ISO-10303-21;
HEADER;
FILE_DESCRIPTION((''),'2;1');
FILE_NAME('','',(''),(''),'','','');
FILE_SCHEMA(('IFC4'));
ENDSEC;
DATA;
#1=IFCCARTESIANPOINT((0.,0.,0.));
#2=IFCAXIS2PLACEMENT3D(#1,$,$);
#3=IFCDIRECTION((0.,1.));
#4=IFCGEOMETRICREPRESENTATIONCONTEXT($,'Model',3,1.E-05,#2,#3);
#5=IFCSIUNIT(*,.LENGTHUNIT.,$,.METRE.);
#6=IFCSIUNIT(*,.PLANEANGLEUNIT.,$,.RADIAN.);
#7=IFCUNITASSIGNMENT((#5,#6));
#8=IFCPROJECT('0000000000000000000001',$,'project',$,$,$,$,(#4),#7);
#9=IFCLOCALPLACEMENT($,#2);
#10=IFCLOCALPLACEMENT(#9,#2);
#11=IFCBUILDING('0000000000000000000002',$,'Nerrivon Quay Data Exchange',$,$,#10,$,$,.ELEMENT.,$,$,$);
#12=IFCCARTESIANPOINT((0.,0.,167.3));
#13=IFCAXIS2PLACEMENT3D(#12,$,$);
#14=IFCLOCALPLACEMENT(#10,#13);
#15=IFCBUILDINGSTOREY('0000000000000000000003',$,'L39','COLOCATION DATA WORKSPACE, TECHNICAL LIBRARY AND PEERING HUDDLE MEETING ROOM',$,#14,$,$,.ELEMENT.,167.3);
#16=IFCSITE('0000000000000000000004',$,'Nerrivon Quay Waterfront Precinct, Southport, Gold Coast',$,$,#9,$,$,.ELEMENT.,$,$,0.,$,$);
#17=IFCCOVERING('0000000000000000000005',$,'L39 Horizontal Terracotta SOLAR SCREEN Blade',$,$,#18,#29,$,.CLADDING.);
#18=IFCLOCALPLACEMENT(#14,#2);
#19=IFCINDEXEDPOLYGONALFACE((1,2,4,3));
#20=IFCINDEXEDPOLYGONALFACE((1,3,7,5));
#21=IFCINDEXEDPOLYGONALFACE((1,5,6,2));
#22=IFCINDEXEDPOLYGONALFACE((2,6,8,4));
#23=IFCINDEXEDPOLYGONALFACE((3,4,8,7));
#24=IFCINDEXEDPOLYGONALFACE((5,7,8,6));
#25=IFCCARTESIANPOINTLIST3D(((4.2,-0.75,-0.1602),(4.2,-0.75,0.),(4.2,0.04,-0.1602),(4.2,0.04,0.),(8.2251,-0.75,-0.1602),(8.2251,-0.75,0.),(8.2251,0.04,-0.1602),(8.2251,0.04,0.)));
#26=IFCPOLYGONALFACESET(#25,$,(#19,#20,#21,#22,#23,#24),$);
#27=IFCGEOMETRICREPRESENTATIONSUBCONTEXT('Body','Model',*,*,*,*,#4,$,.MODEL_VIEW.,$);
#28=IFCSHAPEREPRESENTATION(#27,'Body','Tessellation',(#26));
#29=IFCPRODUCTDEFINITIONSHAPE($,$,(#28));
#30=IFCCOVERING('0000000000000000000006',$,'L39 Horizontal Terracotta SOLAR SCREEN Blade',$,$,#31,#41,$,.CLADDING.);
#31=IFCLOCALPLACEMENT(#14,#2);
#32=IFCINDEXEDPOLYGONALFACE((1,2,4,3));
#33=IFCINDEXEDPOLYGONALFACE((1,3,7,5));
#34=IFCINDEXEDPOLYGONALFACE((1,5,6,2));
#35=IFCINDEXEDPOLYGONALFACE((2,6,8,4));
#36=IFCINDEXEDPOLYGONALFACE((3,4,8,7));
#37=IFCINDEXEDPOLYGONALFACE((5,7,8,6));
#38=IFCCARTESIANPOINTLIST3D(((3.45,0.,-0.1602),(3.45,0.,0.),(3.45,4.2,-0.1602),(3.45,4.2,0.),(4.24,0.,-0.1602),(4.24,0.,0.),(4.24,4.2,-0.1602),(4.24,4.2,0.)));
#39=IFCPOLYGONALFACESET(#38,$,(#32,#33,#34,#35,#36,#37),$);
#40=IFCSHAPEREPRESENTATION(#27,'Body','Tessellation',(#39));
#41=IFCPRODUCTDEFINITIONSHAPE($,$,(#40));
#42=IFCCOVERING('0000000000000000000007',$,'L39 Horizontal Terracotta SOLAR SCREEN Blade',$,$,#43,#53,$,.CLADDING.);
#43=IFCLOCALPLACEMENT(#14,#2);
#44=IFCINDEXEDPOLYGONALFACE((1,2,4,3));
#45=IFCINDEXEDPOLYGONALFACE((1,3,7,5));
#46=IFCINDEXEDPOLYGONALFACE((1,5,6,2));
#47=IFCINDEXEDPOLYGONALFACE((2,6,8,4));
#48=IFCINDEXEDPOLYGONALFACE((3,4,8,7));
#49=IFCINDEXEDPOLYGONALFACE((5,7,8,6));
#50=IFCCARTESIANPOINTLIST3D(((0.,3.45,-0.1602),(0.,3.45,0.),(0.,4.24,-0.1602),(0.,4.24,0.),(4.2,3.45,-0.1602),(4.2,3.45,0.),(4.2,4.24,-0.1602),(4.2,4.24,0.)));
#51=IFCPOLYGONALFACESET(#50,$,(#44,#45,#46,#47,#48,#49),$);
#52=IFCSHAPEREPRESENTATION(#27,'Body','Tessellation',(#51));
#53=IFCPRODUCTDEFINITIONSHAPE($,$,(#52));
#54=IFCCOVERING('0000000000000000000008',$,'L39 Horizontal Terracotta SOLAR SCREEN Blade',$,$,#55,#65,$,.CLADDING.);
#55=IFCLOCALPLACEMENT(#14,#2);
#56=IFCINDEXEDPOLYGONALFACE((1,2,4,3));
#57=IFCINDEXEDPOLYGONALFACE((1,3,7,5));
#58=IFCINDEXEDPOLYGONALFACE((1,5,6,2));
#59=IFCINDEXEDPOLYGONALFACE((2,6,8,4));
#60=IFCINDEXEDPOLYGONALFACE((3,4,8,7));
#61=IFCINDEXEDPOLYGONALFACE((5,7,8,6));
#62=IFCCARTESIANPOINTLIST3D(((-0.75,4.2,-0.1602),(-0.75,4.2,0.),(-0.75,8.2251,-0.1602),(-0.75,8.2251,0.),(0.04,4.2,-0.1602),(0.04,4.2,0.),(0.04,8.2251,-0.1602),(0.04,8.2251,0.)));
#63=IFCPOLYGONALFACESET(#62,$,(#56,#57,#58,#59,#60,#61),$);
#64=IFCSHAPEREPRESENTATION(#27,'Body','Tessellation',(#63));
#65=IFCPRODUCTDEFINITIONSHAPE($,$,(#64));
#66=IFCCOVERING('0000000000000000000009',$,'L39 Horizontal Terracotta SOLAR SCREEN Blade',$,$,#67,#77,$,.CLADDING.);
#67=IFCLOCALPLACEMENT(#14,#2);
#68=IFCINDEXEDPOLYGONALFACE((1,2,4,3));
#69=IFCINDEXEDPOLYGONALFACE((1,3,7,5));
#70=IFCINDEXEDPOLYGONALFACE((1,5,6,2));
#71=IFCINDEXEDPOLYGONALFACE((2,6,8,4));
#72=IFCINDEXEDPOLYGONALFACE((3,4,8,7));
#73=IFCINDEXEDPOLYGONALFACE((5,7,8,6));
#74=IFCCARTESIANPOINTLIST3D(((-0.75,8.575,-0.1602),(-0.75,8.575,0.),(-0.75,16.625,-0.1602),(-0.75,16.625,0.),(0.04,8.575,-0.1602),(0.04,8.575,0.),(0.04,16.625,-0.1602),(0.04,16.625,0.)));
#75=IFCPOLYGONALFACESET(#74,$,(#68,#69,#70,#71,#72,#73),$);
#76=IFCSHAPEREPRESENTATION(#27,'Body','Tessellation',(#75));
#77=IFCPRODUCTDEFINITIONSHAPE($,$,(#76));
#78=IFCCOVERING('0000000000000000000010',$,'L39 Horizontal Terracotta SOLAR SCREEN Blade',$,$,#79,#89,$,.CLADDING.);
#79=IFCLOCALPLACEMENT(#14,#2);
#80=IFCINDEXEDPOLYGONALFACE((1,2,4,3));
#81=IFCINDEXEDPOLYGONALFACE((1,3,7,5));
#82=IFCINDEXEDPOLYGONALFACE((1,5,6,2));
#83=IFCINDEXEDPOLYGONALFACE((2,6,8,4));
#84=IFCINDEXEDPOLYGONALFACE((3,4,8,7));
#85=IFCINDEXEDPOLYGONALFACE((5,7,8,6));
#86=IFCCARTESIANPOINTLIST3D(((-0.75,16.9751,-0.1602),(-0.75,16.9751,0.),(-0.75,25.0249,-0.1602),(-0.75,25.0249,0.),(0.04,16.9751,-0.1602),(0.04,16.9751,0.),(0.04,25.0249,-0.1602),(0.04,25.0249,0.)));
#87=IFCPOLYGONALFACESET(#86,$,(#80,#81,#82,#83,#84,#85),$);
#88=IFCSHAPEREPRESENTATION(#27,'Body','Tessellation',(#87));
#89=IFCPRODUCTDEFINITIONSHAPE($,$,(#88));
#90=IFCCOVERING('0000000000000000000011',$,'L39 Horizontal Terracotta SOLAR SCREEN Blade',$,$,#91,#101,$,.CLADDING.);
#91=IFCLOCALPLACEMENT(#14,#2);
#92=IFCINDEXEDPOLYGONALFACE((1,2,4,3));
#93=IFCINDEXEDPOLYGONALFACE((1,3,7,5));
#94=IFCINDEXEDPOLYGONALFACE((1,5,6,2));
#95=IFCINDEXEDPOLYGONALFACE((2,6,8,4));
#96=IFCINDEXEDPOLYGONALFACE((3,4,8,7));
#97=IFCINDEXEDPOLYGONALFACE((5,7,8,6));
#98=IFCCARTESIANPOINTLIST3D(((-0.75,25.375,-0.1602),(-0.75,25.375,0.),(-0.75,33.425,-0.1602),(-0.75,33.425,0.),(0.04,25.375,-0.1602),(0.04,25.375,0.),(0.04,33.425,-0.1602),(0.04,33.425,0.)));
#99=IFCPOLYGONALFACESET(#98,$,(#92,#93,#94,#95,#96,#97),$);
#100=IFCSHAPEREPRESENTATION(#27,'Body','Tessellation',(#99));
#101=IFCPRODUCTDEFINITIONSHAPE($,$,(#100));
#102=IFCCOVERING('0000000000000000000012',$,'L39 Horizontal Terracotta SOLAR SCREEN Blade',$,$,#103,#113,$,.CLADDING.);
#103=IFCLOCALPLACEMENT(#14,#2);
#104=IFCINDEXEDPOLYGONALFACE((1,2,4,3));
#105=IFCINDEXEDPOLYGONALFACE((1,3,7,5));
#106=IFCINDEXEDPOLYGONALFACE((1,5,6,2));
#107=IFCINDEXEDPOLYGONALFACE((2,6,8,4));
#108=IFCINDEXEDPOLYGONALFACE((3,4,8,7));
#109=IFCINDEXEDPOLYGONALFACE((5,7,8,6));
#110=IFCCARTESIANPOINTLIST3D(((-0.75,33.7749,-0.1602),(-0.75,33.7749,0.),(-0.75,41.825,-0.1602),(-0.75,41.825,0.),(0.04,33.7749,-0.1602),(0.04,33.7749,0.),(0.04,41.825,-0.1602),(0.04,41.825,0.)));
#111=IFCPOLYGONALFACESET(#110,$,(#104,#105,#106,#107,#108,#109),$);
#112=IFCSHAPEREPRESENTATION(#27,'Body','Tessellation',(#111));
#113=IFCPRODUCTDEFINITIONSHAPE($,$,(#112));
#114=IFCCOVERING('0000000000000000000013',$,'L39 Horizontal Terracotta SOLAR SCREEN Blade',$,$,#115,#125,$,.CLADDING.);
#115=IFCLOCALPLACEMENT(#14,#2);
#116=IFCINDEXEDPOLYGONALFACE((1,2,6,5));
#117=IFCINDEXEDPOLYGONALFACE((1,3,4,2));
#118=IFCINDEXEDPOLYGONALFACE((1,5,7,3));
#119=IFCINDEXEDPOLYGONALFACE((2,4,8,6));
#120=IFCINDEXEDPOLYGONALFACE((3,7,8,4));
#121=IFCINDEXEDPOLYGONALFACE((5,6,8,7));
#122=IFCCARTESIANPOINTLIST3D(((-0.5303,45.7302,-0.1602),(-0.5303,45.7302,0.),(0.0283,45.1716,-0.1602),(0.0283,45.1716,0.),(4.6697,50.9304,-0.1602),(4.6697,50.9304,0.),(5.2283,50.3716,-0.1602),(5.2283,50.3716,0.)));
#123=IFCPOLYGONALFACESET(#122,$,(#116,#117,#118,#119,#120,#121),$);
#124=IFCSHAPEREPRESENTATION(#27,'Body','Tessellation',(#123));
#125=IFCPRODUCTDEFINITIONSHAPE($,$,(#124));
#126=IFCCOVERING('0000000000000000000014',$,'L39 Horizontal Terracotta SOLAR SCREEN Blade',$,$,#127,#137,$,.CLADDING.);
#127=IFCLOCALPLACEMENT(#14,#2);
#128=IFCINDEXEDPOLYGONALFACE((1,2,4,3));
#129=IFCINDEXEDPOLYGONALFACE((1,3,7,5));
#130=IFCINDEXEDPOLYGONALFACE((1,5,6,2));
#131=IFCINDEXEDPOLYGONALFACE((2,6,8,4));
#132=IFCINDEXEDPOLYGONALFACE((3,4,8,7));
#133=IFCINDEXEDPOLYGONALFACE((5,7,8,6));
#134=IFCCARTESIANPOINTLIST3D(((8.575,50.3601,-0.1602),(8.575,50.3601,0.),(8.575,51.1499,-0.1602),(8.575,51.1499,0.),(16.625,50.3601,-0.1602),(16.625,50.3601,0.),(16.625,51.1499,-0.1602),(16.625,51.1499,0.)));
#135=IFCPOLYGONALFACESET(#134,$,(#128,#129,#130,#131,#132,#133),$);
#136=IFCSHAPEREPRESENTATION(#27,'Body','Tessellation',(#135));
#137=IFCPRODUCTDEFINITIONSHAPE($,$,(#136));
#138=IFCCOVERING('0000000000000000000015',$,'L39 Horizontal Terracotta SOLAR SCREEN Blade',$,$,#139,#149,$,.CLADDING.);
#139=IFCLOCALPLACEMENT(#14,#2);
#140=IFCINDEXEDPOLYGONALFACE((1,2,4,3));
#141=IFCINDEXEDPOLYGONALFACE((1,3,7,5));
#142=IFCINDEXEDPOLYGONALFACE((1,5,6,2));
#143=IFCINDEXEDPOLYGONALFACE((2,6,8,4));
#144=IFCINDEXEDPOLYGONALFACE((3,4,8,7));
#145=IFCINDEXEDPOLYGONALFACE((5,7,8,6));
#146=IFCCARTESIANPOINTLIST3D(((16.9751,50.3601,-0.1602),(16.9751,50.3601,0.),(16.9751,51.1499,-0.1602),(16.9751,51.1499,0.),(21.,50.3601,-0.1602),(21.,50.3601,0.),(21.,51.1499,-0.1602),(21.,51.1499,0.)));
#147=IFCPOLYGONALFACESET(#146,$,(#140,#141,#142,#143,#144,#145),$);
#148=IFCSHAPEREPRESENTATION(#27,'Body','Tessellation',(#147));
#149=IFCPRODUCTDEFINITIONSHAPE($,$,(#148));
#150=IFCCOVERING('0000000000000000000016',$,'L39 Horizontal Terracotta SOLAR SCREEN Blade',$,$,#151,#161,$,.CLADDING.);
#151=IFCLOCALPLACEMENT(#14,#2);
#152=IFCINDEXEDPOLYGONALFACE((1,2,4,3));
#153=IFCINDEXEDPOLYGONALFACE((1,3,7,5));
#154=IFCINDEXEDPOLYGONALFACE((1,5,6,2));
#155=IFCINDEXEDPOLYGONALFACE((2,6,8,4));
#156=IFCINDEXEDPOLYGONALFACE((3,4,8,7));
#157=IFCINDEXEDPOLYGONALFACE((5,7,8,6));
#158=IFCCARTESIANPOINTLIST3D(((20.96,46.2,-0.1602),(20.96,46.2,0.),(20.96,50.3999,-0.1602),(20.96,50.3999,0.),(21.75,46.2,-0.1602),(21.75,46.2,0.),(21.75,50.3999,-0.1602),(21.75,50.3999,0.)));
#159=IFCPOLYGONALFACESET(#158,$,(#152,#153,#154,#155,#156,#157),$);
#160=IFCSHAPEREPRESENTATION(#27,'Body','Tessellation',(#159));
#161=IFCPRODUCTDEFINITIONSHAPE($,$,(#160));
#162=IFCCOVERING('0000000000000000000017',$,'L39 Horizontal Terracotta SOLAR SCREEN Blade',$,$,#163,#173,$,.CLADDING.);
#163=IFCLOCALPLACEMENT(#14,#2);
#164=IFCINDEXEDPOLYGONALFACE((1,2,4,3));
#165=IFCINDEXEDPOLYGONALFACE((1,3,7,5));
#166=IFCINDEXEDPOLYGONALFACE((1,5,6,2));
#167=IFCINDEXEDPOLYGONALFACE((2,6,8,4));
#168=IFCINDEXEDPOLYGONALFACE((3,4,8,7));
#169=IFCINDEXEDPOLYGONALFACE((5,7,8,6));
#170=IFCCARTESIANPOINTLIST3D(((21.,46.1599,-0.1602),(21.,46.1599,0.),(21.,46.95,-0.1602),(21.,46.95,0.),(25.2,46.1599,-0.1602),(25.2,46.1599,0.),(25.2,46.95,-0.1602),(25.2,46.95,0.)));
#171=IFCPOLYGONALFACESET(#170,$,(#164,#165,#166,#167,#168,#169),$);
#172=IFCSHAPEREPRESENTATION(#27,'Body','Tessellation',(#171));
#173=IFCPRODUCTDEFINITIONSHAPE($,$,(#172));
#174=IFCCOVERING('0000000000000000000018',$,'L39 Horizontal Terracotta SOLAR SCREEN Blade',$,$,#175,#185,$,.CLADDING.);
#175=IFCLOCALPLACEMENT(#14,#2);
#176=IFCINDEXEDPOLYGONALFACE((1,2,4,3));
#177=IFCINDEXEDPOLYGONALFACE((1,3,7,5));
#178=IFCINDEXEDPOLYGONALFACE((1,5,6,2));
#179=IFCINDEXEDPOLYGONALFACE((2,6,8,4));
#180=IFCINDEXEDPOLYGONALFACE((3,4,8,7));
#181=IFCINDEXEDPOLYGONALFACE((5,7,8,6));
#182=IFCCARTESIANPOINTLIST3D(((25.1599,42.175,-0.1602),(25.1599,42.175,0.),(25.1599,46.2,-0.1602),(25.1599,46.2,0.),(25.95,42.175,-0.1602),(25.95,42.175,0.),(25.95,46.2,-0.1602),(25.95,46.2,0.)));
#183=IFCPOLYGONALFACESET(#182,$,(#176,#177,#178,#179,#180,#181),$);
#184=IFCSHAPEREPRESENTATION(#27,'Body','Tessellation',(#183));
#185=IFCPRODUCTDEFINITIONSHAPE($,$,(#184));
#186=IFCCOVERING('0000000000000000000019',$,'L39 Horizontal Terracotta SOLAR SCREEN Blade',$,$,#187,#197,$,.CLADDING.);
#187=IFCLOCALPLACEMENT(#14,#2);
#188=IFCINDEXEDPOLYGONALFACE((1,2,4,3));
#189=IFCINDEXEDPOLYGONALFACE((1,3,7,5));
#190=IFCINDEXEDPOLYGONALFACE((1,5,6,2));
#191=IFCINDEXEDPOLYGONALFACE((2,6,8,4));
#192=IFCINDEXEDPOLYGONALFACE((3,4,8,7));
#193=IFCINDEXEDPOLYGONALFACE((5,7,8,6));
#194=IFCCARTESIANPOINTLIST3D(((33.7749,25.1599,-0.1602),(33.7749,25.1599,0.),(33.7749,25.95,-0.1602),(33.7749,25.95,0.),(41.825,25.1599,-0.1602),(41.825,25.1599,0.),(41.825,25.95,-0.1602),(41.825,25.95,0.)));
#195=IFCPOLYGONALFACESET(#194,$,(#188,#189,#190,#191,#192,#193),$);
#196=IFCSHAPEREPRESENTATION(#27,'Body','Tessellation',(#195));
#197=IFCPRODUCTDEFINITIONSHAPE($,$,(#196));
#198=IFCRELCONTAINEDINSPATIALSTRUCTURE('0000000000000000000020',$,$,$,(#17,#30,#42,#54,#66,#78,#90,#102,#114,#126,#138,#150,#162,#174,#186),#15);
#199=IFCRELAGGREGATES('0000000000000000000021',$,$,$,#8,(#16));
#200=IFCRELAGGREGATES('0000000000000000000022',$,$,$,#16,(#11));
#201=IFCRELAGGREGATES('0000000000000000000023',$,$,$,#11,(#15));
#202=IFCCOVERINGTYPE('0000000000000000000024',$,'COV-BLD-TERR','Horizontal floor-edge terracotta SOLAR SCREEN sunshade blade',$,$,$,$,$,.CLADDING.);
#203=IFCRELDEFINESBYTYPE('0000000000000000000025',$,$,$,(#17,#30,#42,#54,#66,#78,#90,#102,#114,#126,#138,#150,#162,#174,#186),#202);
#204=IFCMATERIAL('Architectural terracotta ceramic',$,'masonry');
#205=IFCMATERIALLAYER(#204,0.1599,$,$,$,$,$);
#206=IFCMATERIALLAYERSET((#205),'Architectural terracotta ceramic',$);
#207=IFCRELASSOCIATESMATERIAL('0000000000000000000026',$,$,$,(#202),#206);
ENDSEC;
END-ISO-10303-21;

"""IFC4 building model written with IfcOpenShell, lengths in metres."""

from ifc_helpers import new_model, si_unit, direction, frame, origin, place, context, subcontext, project, spatial, polyline, outline, extrude, material, layer, layer_set, type_object, element, save


model = new_model("IFC4")

# Units and contexts
model_context = context("Model", 3, precision=1e-05, world=origin(), true_north=direction((0.0, 1.0)))
body_context = subcontext(model_context, "Body", "Model", "MODEL_VIEW")
ifc_project = project(units=[si_unit("LENGTHUNIT", "METRE"), si_unit("PLANEANGLEUNIT", "RADIAN")], contexts=[model_context])

# Site, building, storey
site_placement = place(None, origin())
site = spatial("IfcSite", under=ifc_project, at=site_placement, Name="Nerrivon Quay Waterfront Precinct, Southport, Gold Coast", CompositionType="ELEMENT", RefElevation=0.0)
building_placement = place(site_placement, origin())
building = spatial("IfcBuilding", under=site, at=building_placement, Name="Nerrivon Quay Data Exchange", CompositionType="ELEMENT")
storey_placement = place(building_placement, frame((0.0, 0.0, 167.3)))
storey = spatial("IfcBuildingStorey", under=building, at=storey_placement, Name="L39", Description="COLOCATION DATA WORKSPACE, TECHNICAL LIBRARY AND PEERING HUDDLE MEETING ROOM", CompositionType="ELEMENT", Elevation=167.3)

# Coverings
ifc_material_1 = material(Name="Architectural terracotta ceramic", Category="masonry")
ifc_layer_1 = layer(ifc_material_1, 0.1599)
ifc_layer_set_1 = layer_set([ifc_layer_1], Name="Architectural terracotta ceramic")
covering_type = type_object("IfcCoveringType", Name="COV-BLD-TERR", Description="Horizontal floor-edge terracotta SOLAR SCREEN sunshade blade", PredefinedType="CLADDING", material=ifc_layer_set_1)
covering_1_placement = place(storey_placement, frame((0.0, 0.0, -0.1602)))
element("IfcCovering", 1, at=covering_1_placement, inside=storey, type_object=covering_type, Name="L39 Horizontal Terracotta SOLAR SCREEN Blade", PredefinedType="CLADDING", context=body_context, shape_type="SweptSolid", body=[
    extrude(outline(polyline([(8.2251, 0.04), (4.2, 0.04), (4.2, -0.75), (8.2251, -0.75), (8.2251, 0.04)])), origin(), (0.0, 0.0, 1.0), 0.1602),
])
covering_2_placement = place(storey_placement, frame((0.0, 0.0, -0.1602)))
element("IfcCovering", 2, at=covering_2_placement, inside=storey, type_object=covering_type, Name="L39 Horizontal Terracotta SOLAR SCREEN Blade", PredefinedType="CLADDING", context=body_context, shape_type="SweptSolid", body=[
    extrude(outline(polyline([(4.24, 0.0), (4.24, 4.2), (3.45, 4.2), (3.45, 0.0), (4.24, 0.0)])), origin(), (0.0, 0.0, 1.0), 0.1602),
])
covering_3_placement = place(storey_placement, frame((0.0, 0.0, -0.1602)))
element("IfcCovering", 3, at=covering_3_placement, inside=storey, type_object=covering_type, Name="L39 Horizontal Terracotta SOLAR SCREEN Blade", PredefinedType="CLADDING", context=body_context, shape_type="SweptSolid", body=[
    extrude(outline(polyline([(4.2, 4.24), (0.0, 4.24), (0.0, 3.45), (4.2, 3.45), (4.2, 4.24)])), origin(), (0.0, 0.0, 1.0), 0.1602),
])
covering_4_placement = place(storey_placement, frame((0.0, 0.0, -0.1602)))
element("IfcCovering", 4, at=covering_4_placement, inside=storey, type_object=covering_type, Name="L39 Horizontal Terracotta SOLAR SCREEN Blade", PredefinedType="CLADDING", context=body_context, shape_type="SweptSolid", body=[
    extrude(outline(polyline([(0.04, 4.2), (0.04, 8.2251), (-0.75, 8.2251), (-0.75, 4.2), (0.04, 4.2)])), origin(), (0.0, 0.0, 1.0), 0.1602),
])
covering_5_placement = place(storey_placement, frame((0.0, 0.0, -0.1602)))
element("IfcCovering", 5, at=covering_5_placement, inside=storey, type_object=covering_type, Name="L39 Horizontal Terracotta SOLAR SCREEN Blade", PredefinedType="CLADDING", context=body_context, shape_type="SweptSolid", body=[
    extrude(outline(polyline([(0.04, 8.575), (0.04, 16.625), (-0.75, 16.625), (-0.75, 8.575), (0.04, 8.575)])), origin(), (0.0, 0.0, 1.0), 0.1602),
])
covering_6_placement = place(storey_placement, frame((0.0, 0.0, -0.1602)))
element("IfcCovering", 6, at=covering_6_placement, inside=storey, type_object=covering_type, Name="L39 Horizontal Terracotta SOLAR SCREEN Blade", PredefinedType="CLADDING", context=body_context, shape_type="SweptSolid", body=[
    extrude(outline(polyline([(0.04, 16.9751), (0.04, 25.0249), (-0.75, 25.0249), (-0.75, 16.9751), (0.04, 16.9751)])), origin(), (0.0, 0.0, 1.0), 0.1602),
])
covering_7_placement = place(storey_placement, frame((0.0, 0.0, -0.1602)))
element("IfcCovering", 7, at=covering_7_placement, inside=storey, type_object=covering_type, Name="L39 Horizontal Terracotta SOLAR SCREEN Blade", PredefinedType="CLADDING", context=body_context, shape_type="SweptSolid", body=[
    extrude(outline(polyline([(0.04, 25.375), (0.04, 33.425), (-0.75, 33.425), (-0.75, 25.375), (0.04, 25.375)])), origin(), (0.0, 0.0, 1.0), 0.1602),
])
covering_8_placement = place(storey_placement, frame((0.0, 0.0, -0.1602)))
element("IfcCovering", 8, at=covering_8_placement, inside=storey, type_object=covering_type, Name="L39 Horizontal Terracotta SOLAR SCREEN Blade", PredefinedType="CLADDING", context=body_context, shape_type="SweptSolid", body=[
    extrude(outline(polyline([(0.04, 33.7749), (0.04, 41.825), (-0.75, 41.825), (-0.75, 33.7749), (0.04, 33.7749)])), origin(), (0.0, 0.0, 1.0), 0.1602),
])
covering_9_placement = place(storey_placement, frame((0.0, 0.0, -0.1602)))
element("IfcCovering", 9, at=covering_9_placement, inside=storey, type_object=covering_type, Name="L39 Horizontal Terracotta SOLAR SCREEN Blade", PredefinedType="CLADDING", context=body_context, shape_type="SweptSolid", body=[
    extrude(outline(polyline([(0.0283, 45.1716), (5.2283, 50.3716), (4.6697, 50.9304), (-0.5303, 45.7302), (0.0283, 45.1716)])), origin(), (0.0, 0.0, 1.0), 0.1602),
])
covering_10_placement = place(storey_placement, frame((0.0, 0.0, -0.1602)))
element("IfcCovering", 10, at=covering_10_placement, inside=storey, type_object=covering_type, Name="L39 Horizontal Terracotta SOLAR SCREEN Blade", PredefinedType="CLADDING", context=body_context, shape_type="SweptSolid", body=[
    extrude(outline(polyline([(8.575, 50.3601), (16.625, 50.3601), (16.625, 51.1499), (8.575, 51.1499), (8.575, 50.3601)])), origin(), (0.0, 0.0, 1.0), 0.1602),
])
covering_11_placement = place(storey_placement, frame((0.0, 0.0, -0.1602)))
element("IfcCovering", 11, at=covering_11_placement, inside=storey, type_object=covering_type, Name="L39 Horizontal Terracotta SOLAR SCREEN Blade", PredefinedType="CLADDING", context=body_context, shape_type="SweptSolid", body=[
    extrude(outline(polyline([(16.9751, 50.3601), (21.0, 50.3601), (21.0, 51.1499), (16.9751, 51.1499), (16.9751, 50.3601)])), origin(), (0.0, 0.0, 1.0), 0.1602),
])
covering_12_placement = place(storey_placement, frame((0.0, 0.0, -0.1602)))
element("IfcCovering", 12, at=covering_12_placement, inside=storey, type_object=covering_type, Name="L39 Horizontal Terracotta SOLAR SCREEN Blade", PredefinedType="CLADDING", context=body_context, shape_type="SweptSolid", body=[
    extrude(outline(polyline([(20.96, 50.3999), (20.96, 46.2), (21.75, 46.2), (21.75, 50.3999), (20.96, 50.3999)])), origin(), (0.0, 0.0, 1.0), 0.1602),
])
covering_13_placement = place(storey_placement, frame((0.0, 0.0, -0.1602)))
element("IfcCovering", 13, at=covering_13_placement, inside=storey, type_object=covering_type, Name="L39 Horizontal Terracotta SOLAR SCREEN Blade", PredefinedType="CLADDING", context=body_context, shape_type="SweptSolid", body=[
    extrude(outline(polyline([(21.0, 46.1599), (25.2, 46.1599), (25.2, 46.95), (21.0, 46.95), (21.0, 46.1599)])), origin(), (0.0, 0.0, 1.0), 0.1602),
])
covering_14_placement = place(storey_placement, frame((0.0, 0.0, -0.1602)))
element("IfcCovering", 14, at=covering_14_placement, inside=storey, type_object=covering_type, Name="L39 Horizontal Terracotta SOLAR SCREEN Blade", PredefinedType="CLADDING", context=body_context, shape_type="SweptSolid", body=[
    extrude(outline(polyline([(25.1599, 46.2), (25.1599, 42.175), (25.95, 42.175), (25.95, 46.2), (25.1599, 46.2)])), origin(), (0.0, 0.0, 1.0), 0.1602),
])
covering_15_placement = place(storey_placement, frame((0.0, 0.0, -0.1602)))
element("IfcCovering", 15, at=covering_15_placement, inside=storey, type_object=covering_type, Name="L39 Horizontal Terracotta SOLAR SCREEN Blade", PredefinedType="CLADDING", context=body_context, shape_type="SweptSolid", body=[
    extrude(outline(polyline([(33.7749, 25.1599), (41.825, 25.1599), (41.825, 25.95), (33.7749, 25.95), (33.7749, 25.1599)])), origin(), (0.0, 0.0, 1.0), 0.1602),
])

save(model, "model.ifc")
